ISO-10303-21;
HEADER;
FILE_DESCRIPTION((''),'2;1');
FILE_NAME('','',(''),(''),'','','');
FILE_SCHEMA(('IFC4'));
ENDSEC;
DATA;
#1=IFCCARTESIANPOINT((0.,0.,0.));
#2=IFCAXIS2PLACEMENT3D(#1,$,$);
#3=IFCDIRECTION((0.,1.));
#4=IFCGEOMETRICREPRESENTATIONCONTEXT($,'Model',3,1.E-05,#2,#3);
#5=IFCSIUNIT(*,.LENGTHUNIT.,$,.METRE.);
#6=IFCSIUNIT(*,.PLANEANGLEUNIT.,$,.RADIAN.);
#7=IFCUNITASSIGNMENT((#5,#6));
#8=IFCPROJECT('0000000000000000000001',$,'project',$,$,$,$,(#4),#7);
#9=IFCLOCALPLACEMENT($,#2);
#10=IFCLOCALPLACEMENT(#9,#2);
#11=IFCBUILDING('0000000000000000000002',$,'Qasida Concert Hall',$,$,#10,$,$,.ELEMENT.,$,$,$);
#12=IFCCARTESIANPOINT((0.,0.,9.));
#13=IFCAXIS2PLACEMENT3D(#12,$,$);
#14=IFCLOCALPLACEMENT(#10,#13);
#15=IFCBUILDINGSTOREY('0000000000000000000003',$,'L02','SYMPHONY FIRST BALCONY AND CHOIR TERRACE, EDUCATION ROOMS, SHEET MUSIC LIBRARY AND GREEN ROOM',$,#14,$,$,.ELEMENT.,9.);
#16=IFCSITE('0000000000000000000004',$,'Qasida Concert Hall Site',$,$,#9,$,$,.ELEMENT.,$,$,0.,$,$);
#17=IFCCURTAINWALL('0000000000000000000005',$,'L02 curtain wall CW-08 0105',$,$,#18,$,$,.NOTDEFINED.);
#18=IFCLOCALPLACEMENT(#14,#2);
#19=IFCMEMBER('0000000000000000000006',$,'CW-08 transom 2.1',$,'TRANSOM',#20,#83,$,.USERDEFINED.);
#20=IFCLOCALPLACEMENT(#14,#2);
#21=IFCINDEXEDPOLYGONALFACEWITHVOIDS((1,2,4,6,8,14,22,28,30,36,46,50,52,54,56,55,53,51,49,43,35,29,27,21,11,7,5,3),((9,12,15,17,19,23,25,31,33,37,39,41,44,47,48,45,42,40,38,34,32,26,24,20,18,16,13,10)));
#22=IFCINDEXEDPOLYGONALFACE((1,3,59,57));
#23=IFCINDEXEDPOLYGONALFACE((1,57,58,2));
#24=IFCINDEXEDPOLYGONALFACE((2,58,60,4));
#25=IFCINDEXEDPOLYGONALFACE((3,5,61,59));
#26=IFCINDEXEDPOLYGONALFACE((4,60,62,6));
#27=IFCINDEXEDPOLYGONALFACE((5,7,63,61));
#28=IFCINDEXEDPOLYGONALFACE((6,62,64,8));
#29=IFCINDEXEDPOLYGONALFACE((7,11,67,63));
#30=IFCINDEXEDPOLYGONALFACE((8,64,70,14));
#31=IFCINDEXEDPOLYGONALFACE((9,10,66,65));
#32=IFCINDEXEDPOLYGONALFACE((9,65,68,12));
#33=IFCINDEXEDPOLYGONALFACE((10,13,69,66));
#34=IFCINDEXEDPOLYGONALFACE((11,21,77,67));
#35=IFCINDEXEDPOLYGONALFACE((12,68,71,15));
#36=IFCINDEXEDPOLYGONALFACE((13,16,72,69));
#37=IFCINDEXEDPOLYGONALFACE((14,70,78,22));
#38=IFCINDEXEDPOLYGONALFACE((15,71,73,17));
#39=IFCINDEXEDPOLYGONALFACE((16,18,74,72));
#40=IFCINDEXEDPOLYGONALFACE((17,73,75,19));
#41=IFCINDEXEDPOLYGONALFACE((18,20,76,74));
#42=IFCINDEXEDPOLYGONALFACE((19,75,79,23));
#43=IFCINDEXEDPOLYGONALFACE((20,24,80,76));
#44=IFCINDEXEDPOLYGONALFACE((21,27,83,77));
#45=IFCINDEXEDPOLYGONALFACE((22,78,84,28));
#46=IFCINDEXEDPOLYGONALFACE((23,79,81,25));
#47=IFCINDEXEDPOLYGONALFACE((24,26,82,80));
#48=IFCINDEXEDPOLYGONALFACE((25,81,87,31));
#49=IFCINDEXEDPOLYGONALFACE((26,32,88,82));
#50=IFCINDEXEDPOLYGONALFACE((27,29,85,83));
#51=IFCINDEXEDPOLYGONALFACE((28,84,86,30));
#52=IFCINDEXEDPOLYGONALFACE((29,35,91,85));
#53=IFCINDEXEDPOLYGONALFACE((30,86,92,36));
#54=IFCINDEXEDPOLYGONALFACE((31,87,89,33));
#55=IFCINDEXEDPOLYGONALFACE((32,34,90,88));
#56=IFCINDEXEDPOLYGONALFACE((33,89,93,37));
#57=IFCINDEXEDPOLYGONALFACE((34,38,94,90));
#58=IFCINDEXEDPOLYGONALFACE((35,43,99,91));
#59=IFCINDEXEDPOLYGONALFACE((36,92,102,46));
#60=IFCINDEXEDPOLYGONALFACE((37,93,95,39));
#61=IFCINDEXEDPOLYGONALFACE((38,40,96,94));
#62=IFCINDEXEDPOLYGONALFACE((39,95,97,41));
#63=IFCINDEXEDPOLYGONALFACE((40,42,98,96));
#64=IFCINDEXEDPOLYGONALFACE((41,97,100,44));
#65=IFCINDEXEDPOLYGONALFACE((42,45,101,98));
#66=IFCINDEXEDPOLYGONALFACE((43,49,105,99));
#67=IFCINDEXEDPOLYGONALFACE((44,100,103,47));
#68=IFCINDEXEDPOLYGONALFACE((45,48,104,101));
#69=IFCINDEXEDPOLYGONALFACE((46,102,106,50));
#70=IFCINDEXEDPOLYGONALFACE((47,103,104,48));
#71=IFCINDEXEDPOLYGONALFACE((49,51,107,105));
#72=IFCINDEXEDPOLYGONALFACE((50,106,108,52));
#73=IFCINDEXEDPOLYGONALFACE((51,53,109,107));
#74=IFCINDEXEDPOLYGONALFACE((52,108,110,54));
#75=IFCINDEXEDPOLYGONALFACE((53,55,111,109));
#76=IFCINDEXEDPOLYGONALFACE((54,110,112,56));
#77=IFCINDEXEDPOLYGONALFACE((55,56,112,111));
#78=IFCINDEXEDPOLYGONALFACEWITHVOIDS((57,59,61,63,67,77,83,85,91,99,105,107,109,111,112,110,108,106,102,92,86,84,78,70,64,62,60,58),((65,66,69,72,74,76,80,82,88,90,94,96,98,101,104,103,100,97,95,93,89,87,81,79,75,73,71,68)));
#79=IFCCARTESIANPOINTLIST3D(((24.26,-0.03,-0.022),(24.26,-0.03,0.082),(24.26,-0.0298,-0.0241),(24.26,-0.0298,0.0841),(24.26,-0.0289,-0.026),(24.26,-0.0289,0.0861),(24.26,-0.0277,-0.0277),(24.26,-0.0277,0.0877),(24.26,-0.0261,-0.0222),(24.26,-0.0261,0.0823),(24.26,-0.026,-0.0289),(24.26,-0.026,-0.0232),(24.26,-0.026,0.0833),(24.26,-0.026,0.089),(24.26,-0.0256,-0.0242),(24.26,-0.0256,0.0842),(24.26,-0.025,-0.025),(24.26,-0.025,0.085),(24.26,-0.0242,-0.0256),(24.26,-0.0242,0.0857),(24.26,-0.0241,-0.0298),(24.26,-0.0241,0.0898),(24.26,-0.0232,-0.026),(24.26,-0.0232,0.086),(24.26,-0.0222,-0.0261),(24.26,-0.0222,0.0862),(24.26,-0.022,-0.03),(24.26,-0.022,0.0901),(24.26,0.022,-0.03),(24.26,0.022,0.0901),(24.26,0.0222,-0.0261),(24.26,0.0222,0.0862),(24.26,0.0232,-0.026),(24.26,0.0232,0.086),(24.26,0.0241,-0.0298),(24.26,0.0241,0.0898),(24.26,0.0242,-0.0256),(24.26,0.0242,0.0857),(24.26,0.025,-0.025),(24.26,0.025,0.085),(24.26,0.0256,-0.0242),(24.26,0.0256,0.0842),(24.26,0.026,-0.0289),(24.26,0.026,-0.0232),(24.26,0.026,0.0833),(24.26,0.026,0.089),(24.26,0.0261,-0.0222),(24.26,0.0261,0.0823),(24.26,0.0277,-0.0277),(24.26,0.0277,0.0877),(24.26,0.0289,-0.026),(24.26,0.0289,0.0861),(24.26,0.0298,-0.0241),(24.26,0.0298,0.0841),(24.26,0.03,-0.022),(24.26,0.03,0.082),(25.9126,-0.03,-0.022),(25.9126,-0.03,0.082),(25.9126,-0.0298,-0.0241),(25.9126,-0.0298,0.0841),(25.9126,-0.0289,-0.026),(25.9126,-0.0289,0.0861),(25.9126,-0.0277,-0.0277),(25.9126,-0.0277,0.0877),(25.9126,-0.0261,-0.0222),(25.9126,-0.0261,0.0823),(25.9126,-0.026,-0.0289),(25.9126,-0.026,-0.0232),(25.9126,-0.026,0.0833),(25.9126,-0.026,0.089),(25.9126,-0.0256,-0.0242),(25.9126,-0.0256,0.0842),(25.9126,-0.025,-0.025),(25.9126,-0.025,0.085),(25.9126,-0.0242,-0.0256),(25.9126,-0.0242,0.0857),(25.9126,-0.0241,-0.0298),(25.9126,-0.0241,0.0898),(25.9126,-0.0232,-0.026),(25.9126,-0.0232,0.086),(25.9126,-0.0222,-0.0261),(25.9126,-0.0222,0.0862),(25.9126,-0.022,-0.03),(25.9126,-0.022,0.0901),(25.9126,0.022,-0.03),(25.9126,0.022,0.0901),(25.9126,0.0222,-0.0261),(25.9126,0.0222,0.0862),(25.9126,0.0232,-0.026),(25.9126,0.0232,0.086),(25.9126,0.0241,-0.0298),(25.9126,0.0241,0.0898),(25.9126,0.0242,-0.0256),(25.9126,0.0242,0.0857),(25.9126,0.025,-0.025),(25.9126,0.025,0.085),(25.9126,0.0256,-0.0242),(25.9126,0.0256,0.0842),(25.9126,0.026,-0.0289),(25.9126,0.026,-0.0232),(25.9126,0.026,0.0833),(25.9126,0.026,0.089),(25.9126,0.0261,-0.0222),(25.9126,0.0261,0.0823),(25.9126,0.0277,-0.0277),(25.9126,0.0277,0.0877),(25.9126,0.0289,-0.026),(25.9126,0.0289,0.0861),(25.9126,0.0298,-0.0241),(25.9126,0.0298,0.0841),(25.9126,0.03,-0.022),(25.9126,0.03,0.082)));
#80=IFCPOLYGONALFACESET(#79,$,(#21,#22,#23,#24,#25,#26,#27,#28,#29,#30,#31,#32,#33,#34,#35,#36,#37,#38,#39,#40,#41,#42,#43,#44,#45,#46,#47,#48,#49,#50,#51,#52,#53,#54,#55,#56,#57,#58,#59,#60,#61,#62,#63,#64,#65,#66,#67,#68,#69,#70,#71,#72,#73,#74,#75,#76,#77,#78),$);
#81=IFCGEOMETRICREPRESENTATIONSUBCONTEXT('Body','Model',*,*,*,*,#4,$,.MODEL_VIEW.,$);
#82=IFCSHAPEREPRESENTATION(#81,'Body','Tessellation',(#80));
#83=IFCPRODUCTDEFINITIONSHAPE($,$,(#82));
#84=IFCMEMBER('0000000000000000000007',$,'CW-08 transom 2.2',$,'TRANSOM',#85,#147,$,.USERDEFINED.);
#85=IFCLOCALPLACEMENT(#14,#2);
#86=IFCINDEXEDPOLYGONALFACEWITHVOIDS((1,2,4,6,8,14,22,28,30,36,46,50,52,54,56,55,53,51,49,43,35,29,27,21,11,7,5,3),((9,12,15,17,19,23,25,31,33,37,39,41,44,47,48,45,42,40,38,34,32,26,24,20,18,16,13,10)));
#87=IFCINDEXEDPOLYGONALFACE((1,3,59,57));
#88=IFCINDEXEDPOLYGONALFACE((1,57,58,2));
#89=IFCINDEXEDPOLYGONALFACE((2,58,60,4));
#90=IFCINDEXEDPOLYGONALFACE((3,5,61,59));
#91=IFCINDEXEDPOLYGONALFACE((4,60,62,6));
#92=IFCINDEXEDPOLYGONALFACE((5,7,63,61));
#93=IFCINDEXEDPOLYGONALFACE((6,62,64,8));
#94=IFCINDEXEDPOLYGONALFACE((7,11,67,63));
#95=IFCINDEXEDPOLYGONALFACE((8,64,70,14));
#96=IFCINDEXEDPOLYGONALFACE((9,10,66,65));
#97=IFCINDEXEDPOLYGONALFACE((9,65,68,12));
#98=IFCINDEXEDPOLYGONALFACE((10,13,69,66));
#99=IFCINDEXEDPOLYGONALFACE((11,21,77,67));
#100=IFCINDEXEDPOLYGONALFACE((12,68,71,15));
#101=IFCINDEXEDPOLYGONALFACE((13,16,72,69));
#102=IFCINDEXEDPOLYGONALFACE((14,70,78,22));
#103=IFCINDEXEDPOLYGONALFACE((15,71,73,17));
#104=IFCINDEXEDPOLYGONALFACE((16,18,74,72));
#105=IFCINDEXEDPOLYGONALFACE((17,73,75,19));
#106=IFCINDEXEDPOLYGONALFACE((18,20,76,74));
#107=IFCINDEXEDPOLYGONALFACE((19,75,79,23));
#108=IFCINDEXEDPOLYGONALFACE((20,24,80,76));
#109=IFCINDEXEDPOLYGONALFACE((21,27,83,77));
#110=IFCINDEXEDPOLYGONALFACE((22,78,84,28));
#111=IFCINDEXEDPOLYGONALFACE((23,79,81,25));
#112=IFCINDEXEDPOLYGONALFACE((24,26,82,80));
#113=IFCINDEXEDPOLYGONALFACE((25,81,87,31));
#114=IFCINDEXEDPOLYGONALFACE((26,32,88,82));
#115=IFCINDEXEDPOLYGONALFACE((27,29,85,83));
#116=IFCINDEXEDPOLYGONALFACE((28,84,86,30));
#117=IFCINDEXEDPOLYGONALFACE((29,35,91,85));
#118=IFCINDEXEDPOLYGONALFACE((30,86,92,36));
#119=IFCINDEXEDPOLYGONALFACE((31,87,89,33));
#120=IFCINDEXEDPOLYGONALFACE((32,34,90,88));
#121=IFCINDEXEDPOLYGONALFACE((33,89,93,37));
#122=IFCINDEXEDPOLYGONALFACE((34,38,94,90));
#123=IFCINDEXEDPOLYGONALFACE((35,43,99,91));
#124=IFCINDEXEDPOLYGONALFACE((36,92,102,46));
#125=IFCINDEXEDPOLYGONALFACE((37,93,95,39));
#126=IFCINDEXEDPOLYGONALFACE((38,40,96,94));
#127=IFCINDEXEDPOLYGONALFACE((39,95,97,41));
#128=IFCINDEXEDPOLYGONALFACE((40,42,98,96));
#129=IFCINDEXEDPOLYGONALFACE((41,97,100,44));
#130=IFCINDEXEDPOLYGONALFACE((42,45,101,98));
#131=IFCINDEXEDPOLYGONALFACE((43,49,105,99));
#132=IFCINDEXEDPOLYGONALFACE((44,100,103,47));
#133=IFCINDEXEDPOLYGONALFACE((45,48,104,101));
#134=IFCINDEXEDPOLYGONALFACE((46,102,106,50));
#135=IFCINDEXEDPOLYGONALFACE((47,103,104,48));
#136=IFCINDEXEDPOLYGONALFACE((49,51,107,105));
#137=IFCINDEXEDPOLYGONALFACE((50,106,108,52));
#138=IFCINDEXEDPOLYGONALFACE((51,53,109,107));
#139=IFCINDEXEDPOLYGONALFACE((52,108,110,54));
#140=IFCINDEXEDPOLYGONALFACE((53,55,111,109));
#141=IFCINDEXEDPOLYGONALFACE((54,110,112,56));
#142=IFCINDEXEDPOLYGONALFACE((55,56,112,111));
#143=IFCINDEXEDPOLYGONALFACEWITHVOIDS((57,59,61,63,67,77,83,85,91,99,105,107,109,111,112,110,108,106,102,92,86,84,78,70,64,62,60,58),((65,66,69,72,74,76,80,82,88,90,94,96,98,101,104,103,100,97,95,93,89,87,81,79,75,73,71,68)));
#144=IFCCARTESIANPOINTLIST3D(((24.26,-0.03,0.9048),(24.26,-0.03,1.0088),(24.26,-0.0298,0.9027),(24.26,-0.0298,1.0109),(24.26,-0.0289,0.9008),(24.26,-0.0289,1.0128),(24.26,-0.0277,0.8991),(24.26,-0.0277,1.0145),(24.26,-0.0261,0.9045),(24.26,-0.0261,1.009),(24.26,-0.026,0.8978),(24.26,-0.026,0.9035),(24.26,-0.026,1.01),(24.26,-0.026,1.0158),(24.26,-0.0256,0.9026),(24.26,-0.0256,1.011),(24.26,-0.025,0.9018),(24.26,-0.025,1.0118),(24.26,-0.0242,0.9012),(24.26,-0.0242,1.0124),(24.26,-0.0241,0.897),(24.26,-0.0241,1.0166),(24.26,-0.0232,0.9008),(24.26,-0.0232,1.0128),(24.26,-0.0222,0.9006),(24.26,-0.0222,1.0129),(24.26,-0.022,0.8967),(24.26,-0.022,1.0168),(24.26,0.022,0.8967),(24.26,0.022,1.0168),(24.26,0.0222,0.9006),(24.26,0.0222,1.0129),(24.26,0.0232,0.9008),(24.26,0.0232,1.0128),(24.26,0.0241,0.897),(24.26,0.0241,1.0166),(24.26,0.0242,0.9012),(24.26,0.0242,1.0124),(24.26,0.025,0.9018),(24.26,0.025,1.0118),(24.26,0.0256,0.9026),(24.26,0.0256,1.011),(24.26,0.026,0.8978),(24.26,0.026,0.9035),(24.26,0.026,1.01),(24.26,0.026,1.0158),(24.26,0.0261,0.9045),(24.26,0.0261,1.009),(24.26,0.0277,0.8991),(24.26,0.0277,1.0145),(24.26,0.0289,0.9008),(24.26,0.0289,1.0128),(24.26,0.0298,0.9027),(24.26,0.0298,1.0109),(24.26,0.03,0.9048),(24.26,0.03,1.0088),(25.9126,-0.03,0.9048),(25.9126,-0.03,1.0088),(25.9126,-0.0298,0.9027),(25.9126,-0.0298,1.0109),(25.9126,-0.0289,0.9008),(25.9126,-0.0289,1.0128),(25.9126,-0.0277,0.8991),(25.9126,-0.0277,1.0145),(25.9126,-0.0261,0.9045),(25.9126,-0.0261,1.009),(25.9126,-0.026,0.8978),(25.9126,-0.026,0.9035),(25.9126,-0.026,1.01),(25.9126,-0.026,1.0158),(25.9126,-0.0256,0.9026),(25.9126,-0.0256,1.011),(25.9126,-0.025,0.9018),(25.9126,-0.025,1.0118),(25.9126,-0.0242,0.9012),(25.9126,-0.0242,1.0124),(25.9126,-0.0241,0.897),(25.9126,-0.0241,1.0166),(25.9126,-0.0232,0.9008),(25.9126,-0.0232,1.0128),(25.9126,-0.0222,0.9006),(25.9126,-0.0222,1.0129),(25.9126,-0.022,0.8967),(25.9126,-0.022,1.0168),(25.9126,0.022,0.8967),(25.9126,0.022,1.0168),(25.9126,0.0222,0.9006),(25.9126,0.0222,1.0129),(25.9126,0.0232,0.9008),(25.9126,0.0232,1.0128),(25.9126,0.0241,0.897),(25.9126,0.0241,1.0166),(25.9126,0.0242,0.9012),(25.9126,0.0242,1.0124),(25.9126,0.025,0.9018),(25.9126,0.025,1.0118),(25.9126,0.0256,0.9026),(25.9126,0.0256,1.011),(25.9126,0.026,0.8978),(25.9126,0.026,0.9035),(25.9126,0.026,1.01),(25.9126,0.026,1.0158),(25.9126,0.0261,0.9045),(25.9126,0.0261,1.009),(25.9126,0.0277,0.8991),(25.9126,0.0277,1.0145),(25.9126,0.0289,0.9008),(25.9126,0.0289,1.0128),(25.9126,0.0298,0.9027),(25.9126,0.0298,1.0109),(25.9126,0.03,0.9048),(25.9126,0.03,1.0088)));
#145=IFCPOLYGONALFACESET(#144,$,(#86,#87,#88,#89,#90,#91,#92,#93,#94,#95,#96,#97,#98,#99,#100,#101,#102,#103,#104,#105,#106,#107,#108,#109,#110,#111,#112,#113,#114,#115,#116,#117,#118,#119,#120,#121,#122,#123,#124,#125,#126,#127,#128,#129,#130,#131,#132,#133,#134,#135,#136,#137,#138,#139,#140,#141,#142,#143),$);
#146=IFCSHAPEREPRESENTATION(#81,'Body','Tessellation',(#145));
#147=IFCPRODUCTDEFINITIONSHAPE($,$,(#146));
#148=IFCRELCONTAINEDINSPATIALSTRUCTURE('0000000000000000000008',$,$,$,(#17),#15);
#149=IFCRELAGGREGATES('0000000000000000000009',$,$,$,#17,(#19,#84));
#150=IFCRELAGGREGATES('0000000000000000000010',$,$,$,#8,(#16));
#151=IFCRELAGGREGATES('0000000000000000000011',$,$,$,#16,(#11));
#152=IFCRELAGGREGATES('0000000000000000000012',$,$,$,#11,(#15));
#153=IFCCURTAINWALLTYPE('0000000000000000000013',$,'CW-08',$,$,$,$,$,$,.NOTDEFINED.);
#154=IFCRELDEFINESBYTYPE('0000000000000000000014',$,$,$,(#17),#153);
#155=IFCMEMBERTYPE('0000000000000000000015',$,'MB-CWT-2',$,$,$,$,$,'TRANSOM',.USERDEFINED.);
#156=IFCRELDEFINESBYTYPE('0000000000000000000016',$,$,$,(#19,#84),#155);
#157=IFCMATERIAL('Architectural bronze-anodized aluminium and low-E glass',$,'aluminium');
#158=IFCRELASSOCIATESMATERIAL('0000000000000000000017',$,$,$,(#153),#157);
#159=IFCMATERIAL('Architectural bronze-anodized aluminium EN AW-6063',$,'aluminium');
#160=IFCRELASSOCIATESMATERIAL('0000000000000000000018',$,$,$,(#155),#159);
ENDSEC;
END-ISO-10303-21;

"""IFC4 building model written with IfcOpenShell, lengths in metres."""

from ifc_helpers import new_model, si_unit, direction, frame, origin, origin_2d, place, context, subcontext, project, spatial, hollow_rectangle, extrude, material, material_profile, profile_set, type_object, element, aggregate, save


model = new_model("IFC4")

# Units and contexts
model_context = context("Model", 3, precision=1e-05, world=origin(), true_north=direction((0.0, 1.0)))
body_context = subcontext(model_context, "Body", "Model", "MODEL_VIEW")
ifc_project = project(units=[si_unit("LENGTHUNIT", "METRE"), si_unit("PLANEANGLEUNIT", "RADIAN")], contexts=[model_context])

# Site, building, storey
site_placement = place(None, origin())
site = spatial("IfcSite", under=ifc_project, at=site_placement, Name="Qasida Concert Hall Site", CompositionType="ELEMENT", RefElevation=0.0)
building_placement = place(site_placement, origin())
building = spatial("IfcBuilding", under=site, at=building_placement, Name="Qasida Concert Hall", CompositionType="ELEMENT")
storey_placement = place(building_placement, frame((0.0, 0.0, 9.0)))
storey = spatial("IfcBuildingStorey", under=building, at=storey_placement, Name="L02", Description="SYMPHONY FIRST BALCONY AND CHOIR TERRACE, EDUCATION ROOMS, SHEET MUSIC LIBRARY AND GREEN ROOM", CompositionType="ELEMENT", Elevation=9.0)

# Curtain wall, members
ifc_material_1 = material(Name="Architectural bronze-anodized aluminium and low-E glass", Category="aluminium")
curtain_wall_type = type_object("IfcCurtainWallType", Name="CW-08", PredefinedType="NOTDEFINED", material=ifc_material_1)
curtain_wall_placement = place(storey_placement, origin())
curtain_wall = element("IfcCurtainWall", 1, at=curtain_wall_placement, inside=storey, type_object=curtain_wall_type, Name="L02 curtain wall CW-08 0105", PredefinedType="NOTDEFINED")
ifc_material_2 = material(Name="Architectural bronze-anodized aluminium EN AW-6063", Category="aluminium")
ifc_material_profile_1 = material_profile(ifc_material_2, hollow_rectangle(XDim=0.0601, YDim=0.1201, WallThickness=0.0039, InnerFilletRadius=0.0039, OuterFilletRadius=0.0081, at=origin_2d()), Name="CWT 120x60x4")
ifc_profile_set_1 = profile_set([ifc_material_profile_1], Name="Architectural bronze-anodized aluminium EN AW-6063")
member_type_1 = type_object("IfcMemberType", Name="MB-CWT-2", ElementType="TRANSOM", PredefinedType="USERDEFINED", material=ifc_profile_set_1)
member_1_placement = place(storey_placement, frame((24.26, 0.0, 0.03), z_axis=(1.0, 0.0, 0.0), x_axis=(0.0, 1.0, 0.0)))
member_1 = element("IfcMember", 2, at=member_1_placement, type_object=member_type_1, Name="CW-08 transom 2.1", ObjectType="TRANSOM", PredefinedType="USERDEFINED", context=body_context, shape_type="SweptSolid", body=[
    extrude(hollow_rectangle(XDim=0.0601, YDim=0.1201, WallThickness=0.0039, InnerFilletRadius=0.0039, OuterFilletRadius=0.0081, at=origin_2d()), origin(), (0.0, 0.0, 1.0), 1.6526),
])
member_2_placement = place(storey_placement, frame((24.26, 0.0, 0.9568), z_axis=(1.0, 0.0, 0.0), x_axis=(0.0, 1.0, 0.0)))
member_2 = element("IfcMember", 3, at=member_2_placement, type_object=member_type_1, Name="CW-08 transom 2.2", ObjectType="TRANSOM", PredefinedType="USERDEFINED", context=body_context, shape_type="SweptSolid", body=[
    extrude(hollow_rectangle(XDim=0.0601, YDim=0.1201, WallThickness=0.0039, InnerFilletRadius=0.0039, OuterFilletRadius=0.0081, at=origin_2d()), origin(), (0.0, 0.0, 1.0), 1.6526),
])
aggregate(curtain_wall, [member_1, member_2])

save(model, "model.ifc")
